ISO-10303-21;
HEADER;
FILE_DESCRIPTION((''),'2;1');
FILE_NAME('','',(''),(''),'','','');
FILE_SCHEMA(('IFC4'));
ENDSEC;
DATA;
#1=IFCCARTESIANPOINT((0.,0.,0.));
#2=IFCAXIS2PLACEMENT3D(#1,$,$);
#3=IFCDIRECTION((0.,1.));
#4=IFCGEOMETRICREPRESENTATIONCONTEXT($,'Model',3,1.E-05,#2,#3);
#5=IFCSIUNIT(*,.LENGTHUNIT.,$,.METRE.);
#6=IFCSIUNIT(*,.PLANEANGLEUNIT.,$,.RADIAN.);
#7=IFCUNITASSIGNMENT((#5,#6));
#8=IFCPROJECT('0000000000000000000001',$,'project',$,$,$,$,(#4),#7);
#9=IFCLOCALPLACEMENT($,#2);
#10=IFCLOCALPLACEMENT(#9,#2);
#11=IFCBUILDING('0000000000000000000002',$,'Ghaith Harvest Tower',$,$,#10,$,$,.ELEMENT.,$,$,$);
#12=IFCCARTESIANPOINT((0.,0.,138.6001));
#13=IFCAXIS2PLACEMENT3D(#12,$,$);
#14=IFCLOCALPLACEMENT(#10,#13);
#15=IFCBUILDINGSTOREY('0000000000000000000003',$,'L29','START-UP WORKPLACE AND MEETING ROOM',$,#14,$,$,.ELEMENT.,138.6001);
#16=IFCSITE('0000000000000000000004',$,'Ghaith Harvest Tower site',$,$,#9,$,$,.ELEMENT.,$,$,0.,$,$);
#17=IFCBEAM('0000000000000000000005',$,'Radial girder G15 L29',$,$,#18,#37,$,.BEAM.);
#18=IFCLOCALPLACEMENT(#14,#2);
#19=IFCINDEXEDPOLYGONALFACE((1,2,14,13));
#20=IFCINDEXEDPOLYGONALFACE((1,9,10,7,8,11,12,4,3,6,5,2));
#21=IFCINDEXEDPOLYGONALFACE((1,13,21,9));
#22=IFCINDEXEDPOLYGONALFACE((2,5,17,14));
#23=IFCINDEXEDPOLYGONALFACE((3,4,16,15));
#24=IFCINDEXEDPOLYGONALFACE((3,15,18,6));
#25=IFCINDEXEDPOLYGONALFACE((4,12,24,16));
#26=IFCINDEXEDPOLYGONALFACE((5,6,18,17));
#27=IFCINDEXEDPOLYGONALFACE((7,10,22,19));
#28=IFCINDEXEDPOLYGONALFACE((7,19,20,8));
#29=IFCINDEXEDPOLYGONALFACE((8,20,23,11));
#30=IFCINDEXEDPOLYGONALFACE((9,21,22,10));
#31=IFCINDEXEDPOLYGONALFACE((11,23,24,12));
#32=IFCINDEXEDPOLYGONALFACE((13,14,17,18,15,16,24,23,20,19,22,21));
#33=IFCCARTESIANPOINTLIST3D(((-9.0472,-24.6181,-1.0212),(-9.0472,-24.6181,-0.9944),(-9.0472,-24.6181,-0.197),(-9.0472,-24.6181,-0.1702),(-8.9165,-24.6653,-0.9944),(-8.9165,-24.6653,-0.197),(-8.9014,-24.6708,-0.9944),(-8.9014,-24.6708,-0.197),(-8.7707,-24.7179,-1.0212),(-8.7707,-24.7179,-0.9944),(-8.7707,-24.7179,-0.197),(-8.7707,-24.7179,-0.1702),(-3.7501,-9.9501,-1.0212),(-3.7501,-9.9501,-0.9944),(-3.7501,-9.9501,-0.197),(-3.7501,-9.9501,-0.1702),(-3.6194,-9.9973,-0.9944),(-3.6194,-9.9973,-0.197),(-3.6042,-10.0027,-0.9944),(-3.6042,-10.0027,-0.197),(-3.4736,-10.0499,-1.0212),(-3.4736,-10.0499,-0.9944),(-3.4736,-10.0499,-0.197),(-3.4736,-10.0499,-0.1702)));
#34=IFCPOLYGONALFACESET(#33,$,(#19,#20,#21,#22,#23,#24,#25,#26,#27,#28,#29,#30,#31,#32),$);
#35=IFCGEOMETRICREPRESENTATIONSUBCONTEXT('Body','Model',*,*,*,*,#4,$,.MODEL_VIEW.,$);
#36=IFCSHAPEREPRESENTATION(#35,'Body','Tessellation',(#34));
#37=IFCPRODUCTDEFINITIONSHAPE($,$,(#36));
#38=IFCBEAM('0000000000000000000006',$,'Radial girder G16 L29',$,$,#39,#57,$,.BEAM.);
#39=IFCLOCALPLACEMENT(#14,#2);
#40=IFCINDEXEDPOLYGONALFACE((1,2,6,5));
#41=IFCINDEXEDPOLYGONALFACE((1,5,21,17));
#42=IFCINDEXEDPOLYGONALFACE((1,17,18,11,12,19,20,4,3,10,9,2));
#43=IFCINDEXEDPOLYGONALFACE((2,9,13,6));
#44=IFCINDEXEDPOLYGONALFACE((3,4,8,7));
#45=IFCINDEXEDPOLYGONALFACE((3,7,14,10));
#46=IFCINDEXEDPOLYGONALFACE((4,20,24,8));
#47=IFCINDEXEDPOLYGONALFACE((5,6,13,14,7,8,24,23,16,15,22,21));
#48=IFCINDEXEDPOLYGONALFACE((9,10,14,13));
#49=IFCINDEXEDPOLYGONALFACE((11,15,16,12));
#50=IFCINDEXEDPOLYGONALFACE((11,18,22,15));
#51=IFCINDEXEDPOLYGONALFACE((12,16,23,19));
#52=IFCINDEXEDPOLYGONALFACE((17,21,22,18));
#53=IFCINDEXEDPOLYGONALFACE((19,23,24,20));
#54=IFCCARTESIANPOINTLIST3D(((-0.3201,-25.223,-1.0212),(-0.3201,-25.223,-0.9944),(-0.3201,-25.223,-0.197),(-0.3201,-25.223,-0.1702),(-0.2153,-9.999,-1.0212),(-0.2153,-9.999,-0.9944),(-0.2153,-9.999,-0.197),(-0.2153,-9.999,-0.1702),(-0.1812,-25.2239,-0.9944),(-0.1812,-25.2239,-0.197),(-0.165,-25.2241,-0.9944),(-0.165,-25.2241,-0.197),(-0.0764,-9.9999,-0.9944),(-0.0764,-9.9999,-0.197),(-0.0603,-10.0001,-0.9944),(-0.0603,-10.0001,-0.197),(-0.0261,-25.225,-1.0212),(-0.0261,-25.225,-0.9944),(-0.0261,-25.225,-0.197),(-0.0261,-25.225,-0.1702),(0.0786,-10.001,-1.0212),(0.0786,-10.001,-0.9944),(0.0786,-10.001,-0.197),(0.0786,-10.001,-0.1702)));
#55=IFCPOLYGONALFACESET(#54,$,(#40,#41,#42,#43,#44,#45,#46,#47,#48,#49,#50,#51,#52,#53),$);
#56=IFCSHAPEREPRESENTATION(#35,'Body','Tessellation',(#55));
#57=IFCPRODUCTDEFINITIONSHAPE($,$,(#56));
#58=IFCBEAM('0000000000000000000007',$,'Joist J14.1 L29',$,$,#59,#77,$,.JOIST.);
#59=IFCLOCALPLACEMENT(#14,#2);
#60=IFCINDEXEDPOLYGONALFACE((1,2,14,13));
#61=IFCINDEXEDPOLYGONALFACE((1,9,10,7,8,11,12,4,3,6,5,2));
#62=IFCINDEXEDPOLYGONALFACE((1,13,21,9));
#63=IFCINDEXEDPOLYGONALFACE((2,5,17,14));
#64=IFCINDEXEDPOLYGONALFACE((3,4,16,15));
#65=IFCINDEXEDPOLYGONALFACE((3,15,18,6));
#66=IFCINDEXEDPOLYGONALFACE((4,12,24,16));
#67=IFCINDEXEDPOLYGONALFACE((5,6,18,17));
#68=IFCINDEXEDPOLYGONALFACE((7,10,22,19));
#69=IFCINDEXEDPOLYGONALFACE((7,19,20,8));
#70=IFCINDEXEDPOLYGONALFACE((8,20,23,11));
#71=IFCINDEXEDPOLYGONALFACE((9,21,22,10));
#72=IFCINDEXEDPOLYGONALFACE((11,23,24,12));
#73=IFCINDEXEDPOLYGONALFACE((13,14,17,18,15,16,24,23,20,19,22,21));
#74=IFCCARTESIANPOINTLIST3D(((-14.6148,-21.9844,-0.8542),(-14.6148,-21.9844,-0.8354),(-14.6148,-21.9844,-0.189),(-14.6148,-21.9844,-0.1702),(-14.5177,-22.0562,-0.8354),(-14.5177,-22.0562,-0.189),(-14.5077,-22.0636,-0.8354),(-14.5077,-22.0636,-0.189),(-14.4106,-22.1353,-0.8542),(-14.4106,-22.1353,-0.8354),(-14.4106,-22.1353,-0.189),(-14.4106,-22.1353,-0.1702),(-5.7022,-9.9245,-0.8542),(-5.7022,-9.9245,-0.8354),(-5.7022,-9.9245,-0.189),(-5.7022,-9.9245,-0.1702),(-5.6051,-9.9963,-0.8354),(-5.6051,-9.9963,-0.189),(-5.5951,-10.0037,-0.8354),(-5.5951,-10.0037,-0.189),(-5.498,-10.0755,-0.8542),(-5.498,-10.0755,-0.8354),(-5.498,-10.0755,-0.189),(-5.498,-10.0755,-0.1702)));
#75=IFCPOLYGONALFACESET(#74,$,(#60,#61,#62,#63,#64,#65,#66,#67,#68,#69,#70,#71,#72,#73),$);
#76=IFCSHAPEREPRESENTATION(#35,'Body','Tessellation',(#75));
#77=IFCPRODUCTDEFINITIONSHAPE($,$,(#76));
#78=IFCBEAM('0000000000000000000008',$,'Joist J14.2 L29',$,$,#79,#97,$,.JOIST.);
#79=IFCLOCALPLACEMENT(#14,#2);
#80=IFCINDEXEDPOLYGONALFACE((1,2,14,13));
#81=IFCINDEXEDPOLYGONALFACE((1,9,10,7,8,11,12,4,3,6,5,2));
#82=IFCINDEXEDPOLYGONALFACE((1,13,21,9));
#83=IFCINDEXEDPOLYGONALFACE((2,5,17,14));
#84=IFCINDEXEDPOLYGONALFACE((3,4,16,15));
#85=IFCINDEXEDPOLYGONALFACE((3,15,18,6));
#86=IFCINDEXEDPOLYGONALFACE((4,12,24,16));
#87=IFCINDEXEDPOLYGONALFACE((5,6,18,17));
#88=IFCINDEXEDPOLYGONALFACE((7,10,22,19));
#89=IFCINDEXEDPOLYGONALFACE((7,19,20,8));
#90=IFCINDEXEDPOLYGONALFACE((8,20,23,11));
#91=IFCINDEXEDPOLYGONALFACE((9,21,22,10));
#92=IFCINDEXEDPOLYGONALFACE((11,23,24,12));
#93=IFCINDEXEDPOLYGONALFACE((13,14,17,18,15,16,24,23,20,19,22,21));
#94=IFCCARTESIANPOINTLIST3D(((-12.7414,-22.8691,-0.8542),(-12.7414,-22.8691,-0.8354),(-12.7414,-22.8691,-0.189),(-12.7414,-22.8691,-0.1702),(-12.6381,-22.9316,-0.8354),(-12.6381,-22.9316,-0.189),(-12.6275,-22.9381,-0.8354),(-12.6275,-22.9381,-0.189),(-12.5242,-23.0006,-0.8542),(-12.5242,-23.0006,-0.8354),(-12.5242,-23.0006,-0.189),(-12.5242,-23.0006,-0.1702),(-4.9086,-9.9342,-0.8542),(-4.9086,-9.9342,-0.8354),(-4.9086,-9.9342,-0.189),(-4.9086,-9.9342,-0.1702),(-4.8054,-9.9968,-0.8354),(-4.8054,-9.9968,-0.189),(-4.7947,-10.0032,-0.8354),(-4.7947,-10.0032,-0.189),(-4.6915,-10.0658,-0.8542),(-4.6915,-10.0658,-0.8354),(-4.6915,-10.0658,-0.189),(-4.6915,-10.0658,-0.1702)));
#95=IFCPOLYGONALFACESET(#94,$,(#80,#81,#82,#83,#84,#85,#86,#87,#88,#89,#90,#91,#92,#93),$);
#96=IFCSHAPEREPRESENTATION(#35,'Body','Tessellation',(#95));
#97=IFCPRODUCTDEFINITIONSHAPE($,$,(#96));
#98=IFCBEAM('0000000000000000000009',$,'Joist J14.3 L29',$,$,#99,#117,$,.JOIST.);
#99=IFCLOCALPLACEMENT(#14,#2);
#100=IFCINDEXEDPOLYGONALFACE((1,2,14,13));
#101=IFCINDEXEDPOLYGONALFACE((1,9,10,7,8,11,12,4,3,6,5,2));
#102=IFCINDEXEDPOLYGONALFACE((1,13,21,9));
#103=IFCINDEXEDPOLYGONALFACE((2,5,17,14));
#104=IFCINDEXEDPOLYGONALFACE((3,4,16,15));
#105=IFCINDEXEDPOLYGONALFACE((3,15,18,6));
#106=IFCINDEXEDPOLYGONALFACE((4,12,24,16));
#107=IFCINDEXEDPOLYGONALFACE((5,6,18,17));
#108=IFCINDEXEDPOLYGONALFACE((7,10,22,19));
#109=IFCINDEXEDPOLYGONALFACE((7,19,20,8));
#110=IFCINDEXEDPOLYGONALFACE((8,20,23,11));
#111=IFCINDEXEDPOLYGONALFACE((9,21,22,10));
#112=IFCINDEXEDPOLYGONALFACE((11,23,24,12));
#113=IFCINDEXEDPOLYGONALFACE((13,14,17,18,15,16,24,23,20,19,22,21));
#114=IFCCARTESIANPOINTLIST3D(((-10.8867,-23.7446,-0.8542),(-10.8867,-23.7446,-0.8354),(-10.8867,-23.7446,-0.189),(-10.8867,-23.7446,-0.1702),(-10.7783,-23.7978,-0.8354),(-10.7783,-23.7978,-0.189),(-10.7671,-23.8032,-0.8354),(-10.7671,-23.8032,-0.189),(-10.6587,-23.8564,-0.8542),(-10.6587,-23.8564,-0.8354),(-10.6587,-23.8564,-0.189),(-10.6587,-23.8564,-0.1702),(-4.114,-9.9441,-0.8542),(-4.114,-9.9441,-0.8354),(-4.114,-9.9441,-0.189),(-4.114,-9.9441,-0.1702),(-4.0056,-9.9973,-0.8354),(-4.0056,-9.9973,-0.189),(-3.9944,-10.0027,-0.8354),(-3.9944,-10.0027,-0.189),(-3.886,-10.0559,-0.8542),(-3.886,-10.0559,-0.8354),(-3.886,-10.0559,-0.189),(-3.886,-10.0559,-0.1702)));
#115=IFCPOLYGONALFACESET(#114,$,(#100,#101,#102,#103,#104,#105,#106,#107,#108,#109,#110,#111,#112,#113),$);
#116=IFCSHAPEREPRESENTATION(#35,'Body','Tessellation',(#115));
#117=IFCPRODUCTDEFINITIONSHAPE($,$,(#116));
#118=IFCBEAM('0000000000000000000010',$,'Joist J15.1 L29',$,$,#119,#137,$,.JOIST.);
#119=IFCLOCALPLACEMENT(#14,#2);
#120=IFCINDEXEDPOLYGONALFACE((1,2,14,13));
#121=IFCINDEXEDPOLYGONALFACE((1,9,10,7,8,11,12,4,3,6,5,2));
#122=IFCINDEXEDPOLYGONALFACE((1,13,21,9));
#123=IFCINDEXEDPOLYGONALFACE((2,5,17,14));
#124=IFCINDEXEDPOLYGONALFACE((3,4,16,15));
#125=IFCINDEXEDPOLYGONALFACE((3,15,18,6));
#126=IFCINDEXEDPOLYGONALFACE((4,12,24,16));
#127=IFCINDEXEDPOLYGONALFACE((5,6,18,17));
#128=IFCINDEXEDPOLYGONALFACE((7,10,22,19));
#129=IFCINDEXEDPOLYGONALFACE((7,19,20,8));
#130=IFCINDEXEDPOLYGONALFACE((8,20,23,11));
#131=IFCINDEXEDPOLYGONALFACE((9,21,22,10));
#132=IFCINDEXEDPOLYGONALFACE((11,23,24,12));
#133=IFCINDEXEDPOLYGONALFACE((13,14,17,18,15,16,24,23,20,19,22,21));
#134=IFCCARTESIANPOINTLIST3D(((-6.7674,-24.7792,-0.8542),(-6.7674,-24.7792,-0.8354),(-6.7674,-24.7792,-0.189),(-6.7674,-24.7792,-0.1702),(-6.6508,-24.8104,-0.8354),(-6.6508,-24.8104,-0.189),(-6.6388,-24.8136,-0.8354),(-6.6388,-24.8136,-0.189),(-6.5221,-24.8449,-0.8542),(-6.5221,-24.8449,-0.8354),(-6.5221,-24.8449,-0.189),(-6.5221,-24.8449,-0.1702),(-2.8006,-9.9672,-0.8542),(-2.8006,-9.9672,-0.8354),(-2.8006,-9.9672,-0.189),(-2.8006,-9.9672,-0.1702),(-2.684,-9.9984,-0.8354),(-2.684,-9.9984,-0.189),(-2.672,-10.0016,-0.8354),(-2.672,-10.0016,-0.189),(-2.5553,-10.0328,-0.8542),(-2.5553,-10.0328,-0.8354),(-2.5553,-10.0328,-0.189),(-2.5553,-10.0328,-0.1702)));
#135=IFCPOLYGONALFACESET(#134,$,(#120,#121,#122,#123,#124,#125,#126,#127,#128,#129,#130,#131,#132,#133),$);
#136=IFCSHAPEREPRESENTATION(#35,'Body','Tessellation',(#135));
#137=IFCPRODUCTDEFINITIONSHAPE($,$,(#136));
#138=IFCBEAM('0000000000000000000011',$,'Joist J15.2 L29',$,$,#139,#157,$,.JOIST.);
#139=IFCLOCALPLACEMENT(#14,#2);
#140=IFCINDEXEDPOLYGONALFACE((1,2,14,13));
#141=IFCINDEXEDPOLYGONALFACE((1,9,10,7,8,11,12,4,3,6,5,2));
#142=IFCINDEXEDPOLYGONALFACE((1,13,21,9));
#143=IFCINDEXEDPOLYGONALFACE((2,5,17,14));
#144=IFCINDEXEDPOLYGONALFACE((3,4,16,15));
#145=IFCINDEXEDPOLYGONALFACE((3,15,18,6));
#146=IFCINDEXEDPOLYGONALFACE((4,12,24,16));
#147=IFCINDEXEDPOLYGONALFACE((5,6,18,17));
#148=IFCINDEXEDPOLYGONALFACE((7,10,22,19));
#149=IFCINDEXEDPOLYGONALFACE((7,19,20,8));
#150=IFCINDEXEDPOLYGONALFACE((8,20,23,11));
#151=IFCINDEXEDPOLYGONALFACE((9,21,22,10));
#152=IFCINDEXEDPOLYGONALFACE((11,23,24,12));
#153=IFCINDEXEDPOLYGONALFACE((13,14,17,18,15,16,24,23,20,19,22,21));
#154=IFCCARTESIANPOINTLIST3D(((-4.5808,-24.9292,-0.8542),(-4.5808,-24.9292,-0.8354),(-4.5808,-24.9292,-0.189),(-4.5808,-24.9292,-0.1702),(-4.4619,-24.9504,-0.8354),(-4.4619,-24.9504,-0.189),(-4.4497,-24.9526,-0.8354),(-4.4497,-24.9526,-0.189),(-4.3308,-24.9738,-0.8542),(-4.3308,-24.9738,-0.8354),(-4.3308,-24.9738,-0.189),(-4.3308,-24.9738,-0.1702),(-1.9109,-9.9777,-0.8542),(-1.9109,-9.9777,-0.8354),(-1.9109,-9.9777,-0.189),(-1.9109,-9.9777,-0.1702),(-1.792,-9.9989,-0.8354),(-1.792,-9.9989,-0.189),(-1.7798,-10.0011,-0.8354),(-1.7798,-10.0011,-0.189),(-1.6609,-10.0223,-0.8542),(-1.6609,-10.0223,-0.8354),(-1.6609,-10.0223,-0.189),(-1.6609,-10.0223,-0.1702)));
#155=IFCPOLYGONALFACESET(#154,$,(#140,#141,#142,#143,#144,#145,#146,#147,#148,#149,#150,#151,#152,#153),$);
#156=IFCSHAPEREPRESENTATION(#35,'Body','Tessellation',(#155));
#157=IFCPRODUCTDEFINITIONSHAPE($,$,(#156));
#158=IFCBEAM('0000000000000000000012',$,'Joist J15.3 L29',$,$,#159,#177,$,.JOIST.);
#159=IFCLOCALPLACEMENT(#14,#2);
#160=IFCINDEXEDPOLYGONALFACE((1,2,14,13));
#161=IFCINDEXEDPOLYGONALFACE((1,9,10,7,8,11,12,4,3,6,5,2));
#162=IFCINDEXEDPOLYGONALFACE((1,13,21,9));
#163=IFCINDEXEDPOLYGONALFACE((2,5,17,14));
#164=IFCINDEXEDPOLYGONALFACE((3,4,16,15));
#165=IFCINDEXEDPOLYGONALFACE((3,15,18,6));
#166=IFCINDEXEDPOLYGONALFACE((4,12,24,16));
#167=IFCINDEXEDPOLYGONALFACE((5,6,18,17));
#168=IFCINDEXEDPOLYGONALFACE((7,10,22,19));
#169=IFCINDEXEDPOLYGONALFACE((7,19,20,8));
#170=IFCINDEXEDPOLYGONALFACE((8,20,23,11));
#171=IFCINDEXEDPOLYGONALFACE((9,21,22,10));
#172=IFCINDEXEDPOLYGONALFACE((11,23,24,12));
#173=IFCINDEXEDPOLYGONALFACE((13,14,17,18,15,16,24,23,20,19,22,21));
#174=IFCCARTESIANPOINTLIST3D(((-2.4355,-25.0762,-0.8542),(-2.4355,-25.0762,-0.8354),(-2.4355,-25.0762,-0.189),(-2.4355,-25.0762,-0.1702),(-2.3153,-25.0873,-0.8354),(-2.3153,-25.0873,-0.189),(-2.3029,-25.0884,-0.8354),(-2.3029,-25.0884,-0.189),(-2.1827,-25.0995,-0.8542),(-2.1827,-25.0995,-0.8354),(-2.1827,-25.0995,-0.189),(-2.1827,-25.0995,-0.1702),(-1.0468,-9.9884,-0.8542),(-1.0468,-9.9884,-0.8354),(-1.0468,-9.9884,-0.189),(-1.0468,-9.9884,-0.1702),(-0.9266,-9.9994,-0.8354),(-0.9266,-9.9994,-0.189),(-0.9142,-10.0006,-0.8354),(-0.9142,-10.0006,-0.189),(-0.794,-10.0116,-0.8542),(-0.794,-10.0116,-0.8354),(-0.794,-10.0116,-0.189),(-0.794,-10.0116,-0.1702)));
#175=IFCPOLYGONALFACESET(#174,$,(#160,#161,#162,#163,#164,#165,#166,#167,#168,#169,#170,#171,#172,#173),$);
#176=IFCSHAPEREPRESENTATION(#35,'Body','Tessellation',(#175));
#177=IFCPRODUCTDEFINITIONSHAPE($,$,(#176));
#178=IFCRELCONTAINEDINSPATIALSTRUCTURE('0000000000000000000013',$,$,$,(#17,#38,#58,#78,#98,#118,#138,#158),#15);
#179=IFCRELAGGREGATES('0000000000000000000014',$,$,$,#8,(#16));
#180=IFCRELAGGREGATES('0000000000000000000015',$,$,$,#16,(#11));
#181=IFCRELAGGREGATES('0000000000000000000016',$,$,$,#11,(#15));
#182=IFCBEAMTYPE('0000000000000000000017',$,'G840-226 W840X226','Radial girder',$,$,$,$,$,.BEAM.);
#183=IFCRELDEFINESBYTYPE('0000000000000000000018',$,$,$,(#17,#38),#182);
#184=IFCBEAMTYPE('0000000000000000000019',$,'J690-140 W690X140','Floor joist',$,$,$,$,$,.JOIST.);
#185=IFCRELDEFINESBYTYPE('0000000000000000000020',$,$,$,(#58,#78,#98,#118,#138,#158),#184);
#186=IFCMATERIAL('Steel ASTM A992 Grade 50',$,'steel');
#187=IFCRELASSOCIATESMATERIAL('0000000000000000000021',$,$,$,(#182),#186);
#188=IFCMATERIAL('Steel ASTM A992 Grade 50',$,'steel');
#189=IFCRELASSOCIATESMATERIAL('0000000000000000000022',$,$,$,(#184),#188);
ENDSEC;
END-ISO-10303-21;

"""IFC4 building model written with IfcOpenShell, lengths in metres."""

from ifc_helpers import new_model, si_unit, direction, frame, origin, origin_2d, place, context, subcontext, project, spatial, i_section, extrude, material, material_profile, profile_set, type_object, element, save


model = new_model("IFC4")

# Units and contexts
model_context = context("Model", 3, precision=1e-05, world=origin(), true_north=direction((0.0, 1.0)))
body_context = subcontext(model_context, "Body", "Model", "MODEL_VIEW")
ifc_project = project(units=[si_unit("LENGTHUNIT", "METRE"), si_unit("PLANEANGLEUNIT", "RADIAN")], contexts=[model_context])

# Site, building, storey
site_placement = place(None, origin())
site = spatial("IfcSite", under=ifc_project, at=site_placement, Name="Ghaith Harvest Tower site", CompositionType="ELEMENT", RefElevation=0.0)
building_placement = place(site_placement, origin())
building = spatial("IfcBuilding", under=site, at=building_placement, Name="Ghaith Harvest Tower", CompositionType="ELEMENT")
storey_placement = place(building_placement, frame((0.0, 0.0, 138.6001)))
storey = spatial("IfcBuildingStorey", under=building, at=storey_placement, Name="L29", Description="START-UP WORKPLACE AND MEETING ROOM", CompositionType="ELEMENT", Elevation=138.6001)

# Beams
ifc_material_1 = material(Name="Steel ASTM A992 Grade 50", Category="steel")
ifc_material_profile_1 = material_profile(ifc_material_1, i_section(OverallWidth=0.2939, OverallDepth=0.8511, WebThickness=0.0161, FlangeThickness=0.0269, at=origin_2d()), Name="W840X226")
ifc_profile_set_1 = profile_set([ifc_material_profile_1], Name="Steel ASTM A992 Grade 50")
beam_type_1 = type_object("IfcBeamType", Name="G840-226 W840X226", Description="Radial girder", PredefinedType="BEAM", material=ifc_profile_set_1)
beam_1_placement = place(storey_placement, frame((-3.6118, -10.0, -0.5957), z_axis=(-0.339664, -0.940547, 0.0), x_axis=(0.940547, -0.339664, 0.0)))
element("IfcBeam", 1, at=beam_1_placement, inside=storey, type_object=beam_type_1, Name="Radial girder G15 L29", PredefinedType="BEAM", context=body_context, shape_type="SweptSolid", body=[
    extrude(i_section(OverallWidth=0.2939, OverallDepth=0.8511, WebThickness=0.0161, FlangeThickness=0.0269, at=origin_2d()), origin(), (0.0, 0.0, 1.0), 15.5952),
])
beam_2_placement = place(storey_placement, frame((-0.0684, -10.0, -0.5957), z_axis=(-0.006879, -0.999976, 0.0), x_axis=(0.999976, -0.006879, 0.0)))
element("IfcBeam", 2, at=beam_2_placement, inside=storey, type_object=beam_type_1, Name="Radial girder G16 L29", PredefinedType="BEAM", context=body_context, shape_type="SweptSolid", body=[
    extrude(i_section(OverallWidth=0.2939, OverallDepth=0.8511, WebThickness=0.0161, FlangeThickness=0.0269, at=origin_2d()), origin(), (0.0, 0.0, 1.0), 15.2244),
])
ifc_material_2 = material(Name="Steel ASTM A992 Grade 50", Category="steel")
ifc_material_profile_2 = material_profile(ifc_material_2, i_section(OverallWidth=0.2539, OverallDepth=0.6841, WebThickness=0.0125, FlangeThickness=0.0188, at=origin_2d()), Name="W690X140")
ifc_profile_set_2 = profile_set([ifc_material_profile_2], Name="Steel ASTM A992 Grade 50")
beam_type_2 = type_object("IfcBeamType", Name="J690-140 W690X140", Description="Floor joist", PredefinedType="JOIST", material=ifc_profile_set_2)
beam_3_placement = place(storey_placement, frame((-5.6001, -10.0, -0.5122), z_axis=(-0.59434, -0.804214, 0.0), x_axis=(0.804214, -0.59434, 0.0)))
element("IfcBeam", 3, at=beam_3_placement, inside=storey, type_object=beam_type_2, Name="Joist J14.1 L29", PredefinedType="JOIST", context=body_context, shape_type="SweptSolid", body=[
    extrude(i_section(OverallWidth=0.2539, OverallDepth=0.6841, WebThickness=0.0125, FlangeThickness=0.0188, at=origin_2d()), origin(), (0.0, 0.0, 1.0), 14.9958),
])
beam_4_placement = place(storey_placement, frame((-4.8, -10.0, -0.5122), z_axis=(-0.517986, -0.855389, 0.0), x_axis=(0.855389, -0.517986, 0.0)))
element("IfcBeam", 4, at=beam_4_placement, inside=storey, type_object=beam_type_2, Name="Joist J14.2 L29", PredefinedType="JOIST", context=body_context, shape_type="SweptSolid", body=[
    extrude(i_section(OverallWidth=0.2539, OverallDepth=0.6841, WebThickness=0.0125, FlangeThickness=0.0188, at=origin_2d()), origin(), (0.0, 0.0, 1.0), 15.1216),
])
beam_5_placement = place(storey_placement, frame((-4.0, -10.0, -0.5122), z_axis=(-0.440563, -0.897722, 0.0), x_axis=(0.897722, -0.440563, 0.0)))
element("IfcBeam", 5, at=beam_5_placement, inside=storey, type_object=beam_type_2, Name="Joist J14.3 L29", PredefinedType="JOIST", context=body_context, shape_type="SweptSolid", body=[
    extrude(i_section(OverallWidth=0.2539, OverallDepth=0.6841, WebThickness=0.0125, FlangeThickness=0.0188, at=origin_2d()), origin(), (0.0, 0.0, 1.0), 15.3728),
])
beam_6_placement = place(storey_placement, frame((-2.678, -10.0, -0.5122), z_axis=(-0.258693, -0.96596, 0.0), x_axis=(0.96596, -0.258693, 0.0)))
element("IfcBeam", 6, at=beam_6_placement, inside=storey, type_object=beam_type_2, Name="Joist J15.1 L29", PredefinedType="JOIST", context=body_context, shape_type="SweptSolid", body=[
    extrude(i_section(OverallWidth=0.2539, OverallDepth=0.6841, WebThickness=0.0125, FlangeThickness=0.0188, at=origin_2d()), origin(), (0.0, 0.0, 1.0), 15.334),
])
beam_7_placement = place(storey_placement, frame((-1.7859, -10.0, -0.5122), z_axis=(-0.175792, -0.984427, 0.0), x_axis=(0.984427, -0.175792, 0.0)))
element("IfcBeam", 7, at=beam_7_placement, inside=storey, type_object=beam_type_2, Name="Joist J15.2 L29", PredefinedType="JOIST", context=body_context, shape_type="SweptSolid", body=[
    extrude(i_section(OverallWidth=0.2539, OverallDepth=0.6841, WebThickness=0.0125, FlangeThickness=0.0188, at=origin_2d()), origin(), (0.0, 0.0, 1.0), 15.188),
])
beam_8_placement = place(storey_placement, frame((-0.9204, -10.0, -0.5122), z_axis=(-0.091651, -0.995791, 0.0), x_axis=(0.995791, -0.091651, 0.0)))
element("IfcBeam", 8, at=beam_8_placement, inside=storey, type_object=beam_type_2, Name="Joist J15.3 L29", PredefinedType="JOIST", context=body_context, shape_type="SweptSolid", body=[
    extrude(i_section(OverallWidth=0.2539, OverallDepth=0.6841, WebThickness=0.0125, FlangeThickness=0.0188, at=origin_2d()), origin(), (0.0, 0.0, 1.0), 15.1516),
])

save(model, "model.ifc")
